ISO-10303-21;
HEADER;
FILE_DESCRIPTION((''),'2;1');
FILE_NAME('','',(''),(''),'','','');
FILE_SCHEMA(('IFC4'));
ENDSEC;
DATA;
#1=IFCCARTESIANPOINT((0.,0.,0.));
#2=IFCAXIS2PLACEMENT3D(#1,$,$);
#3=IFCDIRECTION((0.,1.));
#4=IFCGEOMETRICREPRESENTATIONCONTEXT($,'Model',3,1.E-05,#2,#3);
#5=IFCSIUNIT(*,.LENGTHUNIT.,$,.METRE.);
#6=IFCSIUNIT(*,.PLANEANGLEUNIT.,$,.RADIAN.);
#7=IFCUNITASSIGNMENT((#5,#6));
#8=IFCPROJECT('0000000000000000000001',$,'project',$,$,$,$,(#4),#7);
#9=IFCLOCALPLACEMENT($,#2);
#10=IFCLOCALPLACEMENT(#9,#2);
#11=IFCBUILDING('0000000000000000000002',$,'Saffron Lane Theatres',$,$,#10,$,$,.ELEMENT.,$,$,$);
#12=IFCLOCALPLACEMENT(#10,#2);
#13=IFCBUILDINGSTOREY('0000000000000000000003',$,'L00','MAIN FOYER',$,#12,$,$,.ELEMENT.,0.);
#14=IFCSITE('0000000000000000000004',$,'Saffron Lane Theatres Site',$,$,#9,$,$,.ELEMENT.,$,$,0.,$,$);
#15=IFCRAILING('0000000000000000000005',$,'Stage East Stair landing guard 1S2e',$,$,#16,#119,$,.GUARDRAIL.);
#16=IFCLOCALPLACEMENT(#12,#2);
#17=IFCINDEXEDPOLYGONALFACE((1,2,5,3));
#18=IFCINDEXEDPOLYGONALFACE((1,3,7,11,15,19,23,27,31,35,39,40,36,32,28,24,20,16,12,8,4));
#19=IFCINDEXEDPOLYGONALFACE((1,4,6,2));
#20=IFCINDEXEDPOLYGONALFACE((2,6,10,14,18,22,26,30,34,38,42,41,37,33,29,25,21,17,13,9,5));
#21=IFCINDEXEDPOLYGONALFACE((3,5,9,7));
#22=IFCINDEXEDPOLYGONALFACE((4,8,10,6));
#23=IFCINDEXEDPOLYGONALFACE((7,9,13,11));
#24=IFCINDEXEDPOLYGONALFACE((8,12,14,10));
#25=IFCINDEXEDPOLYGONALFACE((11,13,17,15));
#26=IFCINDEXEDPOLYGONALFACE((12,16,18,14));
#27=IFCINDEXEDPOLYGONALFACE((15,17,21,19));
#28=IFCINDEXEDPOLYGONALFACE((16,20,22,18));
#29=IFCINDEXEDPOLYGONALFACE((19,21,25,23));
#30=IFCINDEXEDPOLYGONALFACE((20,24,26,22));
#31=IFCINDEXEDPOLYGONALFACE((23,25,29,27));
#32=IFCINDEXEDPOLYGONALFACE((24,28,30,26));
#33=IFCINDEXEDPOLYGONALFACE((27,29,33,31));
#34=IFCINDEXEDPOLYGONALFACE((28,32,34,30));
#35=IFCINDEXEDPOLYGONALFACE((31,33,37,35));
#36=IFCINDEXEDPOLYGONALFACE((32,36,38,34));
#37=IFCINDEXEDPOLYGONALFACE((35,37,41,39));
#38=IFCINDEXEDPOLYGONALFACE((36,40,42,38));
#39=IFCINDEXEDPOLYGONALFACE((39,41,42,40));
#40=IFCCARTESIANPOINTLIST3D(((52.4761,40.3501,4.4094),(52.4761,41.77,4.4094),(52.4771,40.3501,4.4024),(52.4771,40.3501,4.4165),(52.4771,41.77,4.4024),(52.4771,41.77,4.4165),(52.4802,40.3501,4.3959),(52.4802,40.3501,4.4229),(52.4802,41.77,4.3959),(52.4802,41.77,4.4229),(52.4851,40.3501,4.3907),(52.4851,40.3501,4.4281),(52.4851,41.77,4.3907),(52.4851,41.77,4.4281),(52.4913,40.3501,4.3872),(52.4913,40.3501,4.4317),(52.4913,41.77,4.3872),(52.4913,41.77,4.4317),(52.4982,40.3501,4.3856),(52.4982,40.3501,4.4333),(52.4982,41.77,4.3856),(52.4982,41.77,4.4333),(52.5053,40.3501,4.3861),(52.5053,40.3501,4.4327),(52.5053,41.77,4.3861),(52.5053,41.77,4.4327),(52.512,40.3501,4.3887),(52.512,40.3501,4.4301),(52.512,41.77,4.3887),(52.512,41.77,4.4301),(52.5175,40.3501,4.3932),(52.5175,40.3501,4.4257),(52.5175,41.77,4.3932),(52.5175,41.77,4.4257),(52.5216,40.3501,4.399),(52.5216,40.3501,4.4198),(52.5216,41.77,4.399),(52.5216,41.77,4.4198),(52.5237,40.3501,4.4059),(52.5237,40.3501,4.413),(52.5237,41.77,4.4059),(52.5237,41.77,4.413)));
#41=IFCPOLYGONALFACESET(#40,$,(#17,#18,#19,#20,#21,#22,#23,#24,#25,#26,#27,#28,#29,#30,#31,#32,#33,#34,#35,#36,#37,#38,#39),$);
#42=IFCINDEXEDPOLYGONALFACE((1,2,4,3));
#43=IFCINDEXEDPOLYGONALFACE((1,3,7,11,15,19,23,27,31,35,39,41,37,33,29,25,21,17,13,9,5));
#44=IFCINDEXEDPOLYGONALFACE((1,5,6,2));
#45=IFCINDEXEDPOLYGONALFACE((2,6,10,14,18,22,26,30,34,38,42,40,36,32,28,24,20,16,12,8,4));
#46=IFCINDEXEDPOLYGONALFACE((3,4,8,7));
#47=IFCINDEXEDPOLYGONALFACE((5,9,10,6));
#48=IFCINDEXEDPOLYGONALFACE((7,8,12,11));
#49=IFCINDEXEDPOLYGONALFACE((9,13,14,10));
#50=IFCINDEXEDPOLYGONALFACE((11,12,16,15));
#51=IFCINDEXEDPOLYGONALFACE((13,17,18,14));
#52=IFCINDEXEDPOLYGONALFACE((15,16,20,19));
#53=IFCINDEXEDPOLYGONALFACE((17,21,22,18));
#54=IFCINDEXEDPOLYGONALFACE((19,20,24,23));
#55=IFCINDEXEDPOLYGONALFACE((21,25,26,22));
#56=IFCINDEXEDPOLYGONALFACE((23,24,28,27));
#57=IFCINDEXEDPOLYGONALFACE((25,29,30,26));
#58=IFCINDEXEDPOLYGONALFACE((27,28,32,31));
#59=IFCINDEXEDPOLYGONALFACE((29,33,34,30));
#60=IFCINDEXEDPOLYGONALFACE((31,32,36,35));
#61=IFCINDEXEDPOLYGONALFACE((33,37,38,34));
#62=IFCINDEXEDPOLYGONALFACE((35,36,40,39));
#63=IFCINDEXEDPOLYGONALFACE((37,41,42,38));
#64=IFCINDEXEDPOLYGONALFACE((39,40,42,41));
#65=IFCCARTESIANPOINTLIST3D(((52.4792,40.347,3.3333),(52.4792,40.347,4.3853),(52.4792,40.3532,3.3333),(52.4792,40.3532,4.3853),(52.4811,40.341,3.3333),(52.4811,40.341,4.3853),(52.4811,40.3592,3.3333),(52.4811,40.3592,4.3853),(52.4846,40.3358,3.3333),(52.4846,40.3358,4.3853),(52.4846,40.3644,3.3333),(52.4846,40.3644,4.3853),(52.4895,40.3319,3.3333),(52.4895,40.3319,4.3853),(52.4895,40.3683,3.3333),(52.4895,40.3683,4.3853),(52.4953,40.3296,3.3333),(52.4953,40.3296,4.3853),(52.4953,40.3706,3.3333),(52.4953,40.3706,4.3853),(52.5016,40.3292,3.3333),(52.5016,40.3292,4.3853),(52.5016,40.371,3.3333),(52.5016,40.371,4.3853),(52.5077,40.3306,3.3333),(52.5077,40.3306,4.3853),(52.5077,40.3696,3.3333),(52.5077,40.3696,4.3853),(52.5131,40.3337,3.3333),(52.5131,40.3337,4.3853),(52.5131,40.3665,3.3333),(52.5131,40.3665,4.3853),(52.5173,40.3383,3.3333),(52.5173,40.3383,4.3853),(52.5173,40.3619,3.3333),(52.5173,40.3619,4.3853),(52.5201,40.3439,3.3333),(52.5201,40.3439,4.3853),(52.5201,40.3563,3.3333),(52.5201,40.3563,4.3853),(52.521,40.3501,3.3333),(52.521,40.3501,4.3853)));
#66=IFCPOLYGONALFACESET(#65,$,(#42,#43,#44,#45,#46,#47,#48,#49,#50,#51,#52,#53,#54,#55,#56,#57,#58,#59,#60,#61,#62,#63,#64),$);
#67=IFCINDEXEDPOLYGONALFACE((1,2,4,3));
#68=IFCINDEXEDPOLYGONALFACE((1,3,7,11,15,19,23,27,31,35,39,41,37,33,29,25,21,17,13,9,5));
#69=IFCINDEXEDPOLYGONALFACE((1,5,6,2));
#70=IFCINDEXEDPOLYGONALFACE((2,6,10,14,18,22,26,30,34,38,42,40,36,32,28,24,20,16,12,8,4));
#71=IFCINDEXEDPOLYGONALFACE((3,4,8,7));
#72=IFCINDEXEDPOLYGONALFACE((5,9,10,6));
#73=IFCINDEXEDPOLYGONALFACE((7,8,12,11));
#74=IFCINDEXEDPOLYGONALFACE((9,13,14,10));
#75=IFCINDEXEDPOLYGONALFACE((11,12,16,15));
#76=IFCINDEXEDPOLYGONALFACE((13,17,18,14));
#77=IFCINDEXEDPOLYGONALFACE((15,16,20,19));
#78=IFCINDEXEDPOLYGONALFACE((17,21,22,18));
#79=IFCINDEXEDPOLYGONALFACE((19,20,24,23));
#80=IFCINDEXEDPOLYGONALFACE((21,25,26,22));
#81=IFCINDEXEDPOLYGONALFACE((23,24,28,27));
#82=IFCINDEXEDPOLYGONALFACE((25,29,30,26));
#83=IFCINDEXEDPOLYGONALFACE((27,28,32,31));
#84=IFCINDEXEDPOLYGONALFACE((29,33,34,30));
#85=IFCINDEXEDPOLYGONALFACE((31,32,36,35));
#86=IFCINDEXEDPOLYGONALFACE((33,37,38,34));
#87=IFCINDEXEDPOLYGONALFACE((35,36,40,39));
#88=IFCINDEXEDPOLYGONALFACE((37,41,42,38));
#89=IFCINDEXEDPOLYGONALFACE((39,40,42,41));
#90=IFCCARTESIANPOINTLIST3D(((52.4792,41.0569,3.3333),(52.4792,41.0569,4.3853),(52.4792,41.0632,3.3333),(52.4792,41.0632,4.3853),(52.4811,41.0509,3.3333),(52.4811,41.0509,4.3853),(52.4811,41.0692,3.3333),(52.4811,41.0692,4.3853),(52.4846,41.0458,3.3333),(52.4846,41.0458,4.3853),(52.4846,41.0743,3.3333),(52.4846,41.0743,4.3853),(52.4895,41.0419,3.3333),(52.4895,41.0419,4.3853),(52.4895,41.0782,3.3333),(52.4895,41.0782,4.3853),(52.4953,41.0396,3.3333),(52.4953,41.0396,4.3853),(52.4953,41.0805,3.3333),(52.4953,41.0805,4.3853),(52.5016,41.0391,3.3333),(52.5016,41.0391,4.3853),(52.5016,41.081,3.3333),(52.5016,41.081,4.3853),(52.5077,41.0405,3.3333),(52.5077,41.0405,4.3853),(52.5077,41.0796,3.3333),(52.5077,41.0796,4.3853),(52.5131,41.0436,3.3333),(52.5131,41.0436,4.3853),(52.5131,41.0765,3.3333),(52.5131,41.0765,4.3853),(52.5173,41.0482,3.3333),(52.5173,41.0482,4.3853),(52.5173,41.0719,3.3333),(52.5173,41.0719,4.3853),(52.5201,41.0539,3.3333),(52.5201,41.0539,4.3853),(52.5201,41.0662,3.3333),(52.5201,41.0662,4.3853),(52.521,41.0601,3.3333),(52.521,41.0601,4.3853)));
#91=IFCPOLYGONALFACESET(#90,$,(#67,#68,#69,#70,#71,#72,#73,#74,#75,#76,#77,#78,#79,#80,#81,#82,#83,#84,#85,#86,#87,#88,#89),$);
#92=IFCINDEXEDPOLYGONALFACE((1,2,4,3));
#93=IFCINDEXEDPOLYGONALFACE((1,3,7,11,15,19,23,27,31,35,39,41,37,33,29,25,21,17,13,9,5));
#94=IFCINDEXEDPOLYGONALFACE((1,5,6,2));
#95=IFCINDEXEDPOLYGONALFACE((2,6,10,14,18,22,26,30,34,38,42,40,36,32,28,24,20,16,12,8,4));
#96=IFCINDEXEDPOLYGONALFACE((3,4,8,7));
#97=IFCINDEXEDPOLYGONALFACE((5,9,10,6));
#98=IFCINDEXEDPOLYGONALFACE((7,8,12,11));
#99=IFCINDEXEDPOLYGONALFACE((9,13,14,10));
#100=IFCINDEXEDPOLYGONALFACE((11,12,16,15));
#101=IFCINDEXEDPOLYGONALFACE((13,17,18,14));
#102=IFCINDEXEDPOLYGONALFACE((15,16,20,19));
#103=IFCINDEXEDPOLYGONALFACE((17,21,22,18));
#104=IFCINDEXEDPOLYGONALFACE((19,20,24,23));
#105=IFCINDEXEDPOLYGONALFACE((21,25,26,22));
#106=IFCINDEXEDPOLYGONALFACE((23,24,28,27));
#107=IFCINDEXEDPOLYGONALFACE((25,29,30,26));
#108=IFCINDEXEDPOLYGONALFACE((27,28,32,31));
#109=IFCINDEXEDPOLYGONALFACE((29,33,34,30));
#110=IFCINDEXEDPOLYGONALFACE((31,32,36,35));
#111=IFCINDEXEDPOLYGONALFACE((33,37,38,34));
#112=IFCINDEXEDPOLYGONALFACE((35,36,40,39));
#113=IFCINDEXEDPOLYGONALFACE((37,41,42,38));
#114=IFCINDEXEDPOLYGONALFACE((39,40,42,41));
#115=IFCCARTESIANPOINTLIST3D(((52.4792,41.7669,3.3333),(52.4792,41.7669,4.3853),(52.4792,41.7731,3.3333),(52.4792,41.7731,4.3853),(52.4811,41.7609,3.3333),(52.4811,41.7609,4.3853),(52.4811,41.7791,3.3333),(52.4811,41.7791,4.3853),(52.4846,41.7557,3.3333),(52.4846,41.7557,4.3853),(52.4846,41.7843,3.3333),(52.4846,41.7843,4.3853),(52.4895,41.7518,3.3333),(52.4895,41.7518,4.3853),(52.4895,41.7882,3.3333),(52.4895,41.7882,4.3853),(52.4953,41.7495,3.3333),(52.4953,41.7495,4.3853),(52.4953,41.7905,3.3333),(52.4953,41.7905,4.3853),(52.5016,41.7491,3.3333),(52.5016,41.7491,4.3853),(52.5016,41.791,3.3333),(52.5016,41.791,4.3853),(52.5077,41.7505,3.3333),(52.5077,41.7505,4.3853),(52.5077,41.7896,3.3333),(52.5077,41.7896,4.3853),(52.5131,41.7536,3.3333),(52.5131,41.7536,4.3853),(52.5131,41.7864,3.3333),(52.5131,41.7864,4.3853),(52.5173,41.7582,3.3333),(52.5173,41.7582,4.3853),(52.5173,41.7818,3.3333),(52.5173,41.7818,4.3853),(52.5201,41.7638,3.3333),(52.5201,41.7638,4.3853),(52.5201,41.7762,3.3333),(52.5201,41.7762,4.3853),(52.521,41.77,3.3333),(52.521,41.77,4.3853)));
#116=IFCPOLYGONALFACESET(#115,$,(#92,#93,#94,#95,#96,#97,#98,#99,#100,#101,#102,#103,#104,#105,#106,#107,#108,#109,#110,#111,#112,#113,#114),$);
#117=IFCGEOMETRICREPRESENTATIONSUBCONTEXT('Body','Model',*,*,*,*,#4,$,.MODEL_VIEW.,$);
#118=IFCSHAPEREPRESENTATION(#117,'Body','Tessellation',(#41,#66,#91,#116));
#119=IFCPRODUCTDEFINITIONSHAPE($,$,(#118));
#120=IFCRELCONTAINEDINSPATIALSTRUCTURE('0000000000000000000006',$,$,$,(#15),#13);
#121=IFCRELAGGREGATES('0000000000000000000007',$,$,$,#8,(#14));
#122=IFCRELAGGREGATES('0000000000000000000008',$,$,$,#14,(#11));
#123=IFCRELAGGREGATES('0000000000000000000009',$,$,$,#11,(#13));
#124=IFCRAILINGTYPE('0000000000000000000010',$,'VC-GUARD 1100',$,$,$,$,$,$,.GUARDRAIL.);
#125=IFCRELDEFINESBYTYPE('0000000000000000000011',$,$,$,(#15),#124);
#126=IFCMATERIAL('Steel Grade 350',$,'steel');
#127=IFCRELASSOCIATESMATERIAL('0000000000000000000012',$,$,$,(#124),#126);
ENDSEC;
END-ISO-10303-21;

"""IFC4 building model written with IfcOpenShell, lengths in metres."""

from ifc_helpers import new_model, si_unit, direction, frame, origin, origin_2d, place, context, subcontext, project, spatial, circle, extrude, material, type_object, element, save


model = new_model("IFC4")

# Units and contexts
model_context = context("Model", 3, precision=1e-05, world=origin(), true_north=direction((0.0, 1.0)))
body_context = subcontext(model_context, "Body", "Model", "MODEL_VIEW")
ifc_project = project(units=[si_unit("LENGTHUNIT", "METRE"), si_unit("PLANEANGLEUNIT", "RADIAN")], contexts=[model_context])

# Site, building, storey
site_placement = place(None, origin())
site = spatial("IfcSite", under=ifc_project, at=site_placement, Name="Saffron Lane Theatres Site", CompositionType="ELEMENT", RefElevation=0.0)
building_placement = place(site_placement, origin())
building = spatial("IfcBuilding", under=site, at=building_placement, Name="Saffron Lane Theatres", CompositionType="ELEMENT")
storey_placement = place(building_placement, origin())
storey = spatial("IfcBuildingStorey", under=building, at=storey_placement, Name="L00", Description="MAIN FOYER", CompositionType="ELEMENT", Elevation=0.0)

# Railing
ifc_material_1 = material(Name="Steel Grade 350", Category="steel")
railing_type_1 = type_object("IfcRailingType", Name="VC-GUARD 1100", PredefinedType="GUARDRAIL", material=ifc_material_1)
railing_1_placement = place(storey_placement, frame((52.5, 40.3501, 3.3333)))
element("IfcRailing", 1, at=railing_1_placement, inside=storey, type_object=railing_type_1, Name="Stage East Stair landing guard 1S2e", PredefinedType="GUARDRAIL", context=body_context, shape_type="SweptSolid", body=[
    extrude(circle(Radius=0.0239, at=origin_2d()), frame((0.0, 0.0, 1.0762), z_axis=(0.0, 1.0, 0.0), x_axis=(-1.0, 0.0, 0.0)), (0.0, 0.0, 1.0), 1.4199),
    extrude(circle(Radius=0.021, at=origin_2d()), origin(), (0.0, 0.0, 1.0), 1.052),
    extrude(circle(Radius=0.021, at=origin_2d()), frame((0.0, 0.71, 0.0)), (0.0, 0.0, 1.0), 1.052),
    extrude(circle(Radius=0.021, at=origin_2d()), frame((0.0, 1.4199, 0.0)), (0.0, 0.0, 1.0), 1.052),
])

save(model, "model.ifc")
